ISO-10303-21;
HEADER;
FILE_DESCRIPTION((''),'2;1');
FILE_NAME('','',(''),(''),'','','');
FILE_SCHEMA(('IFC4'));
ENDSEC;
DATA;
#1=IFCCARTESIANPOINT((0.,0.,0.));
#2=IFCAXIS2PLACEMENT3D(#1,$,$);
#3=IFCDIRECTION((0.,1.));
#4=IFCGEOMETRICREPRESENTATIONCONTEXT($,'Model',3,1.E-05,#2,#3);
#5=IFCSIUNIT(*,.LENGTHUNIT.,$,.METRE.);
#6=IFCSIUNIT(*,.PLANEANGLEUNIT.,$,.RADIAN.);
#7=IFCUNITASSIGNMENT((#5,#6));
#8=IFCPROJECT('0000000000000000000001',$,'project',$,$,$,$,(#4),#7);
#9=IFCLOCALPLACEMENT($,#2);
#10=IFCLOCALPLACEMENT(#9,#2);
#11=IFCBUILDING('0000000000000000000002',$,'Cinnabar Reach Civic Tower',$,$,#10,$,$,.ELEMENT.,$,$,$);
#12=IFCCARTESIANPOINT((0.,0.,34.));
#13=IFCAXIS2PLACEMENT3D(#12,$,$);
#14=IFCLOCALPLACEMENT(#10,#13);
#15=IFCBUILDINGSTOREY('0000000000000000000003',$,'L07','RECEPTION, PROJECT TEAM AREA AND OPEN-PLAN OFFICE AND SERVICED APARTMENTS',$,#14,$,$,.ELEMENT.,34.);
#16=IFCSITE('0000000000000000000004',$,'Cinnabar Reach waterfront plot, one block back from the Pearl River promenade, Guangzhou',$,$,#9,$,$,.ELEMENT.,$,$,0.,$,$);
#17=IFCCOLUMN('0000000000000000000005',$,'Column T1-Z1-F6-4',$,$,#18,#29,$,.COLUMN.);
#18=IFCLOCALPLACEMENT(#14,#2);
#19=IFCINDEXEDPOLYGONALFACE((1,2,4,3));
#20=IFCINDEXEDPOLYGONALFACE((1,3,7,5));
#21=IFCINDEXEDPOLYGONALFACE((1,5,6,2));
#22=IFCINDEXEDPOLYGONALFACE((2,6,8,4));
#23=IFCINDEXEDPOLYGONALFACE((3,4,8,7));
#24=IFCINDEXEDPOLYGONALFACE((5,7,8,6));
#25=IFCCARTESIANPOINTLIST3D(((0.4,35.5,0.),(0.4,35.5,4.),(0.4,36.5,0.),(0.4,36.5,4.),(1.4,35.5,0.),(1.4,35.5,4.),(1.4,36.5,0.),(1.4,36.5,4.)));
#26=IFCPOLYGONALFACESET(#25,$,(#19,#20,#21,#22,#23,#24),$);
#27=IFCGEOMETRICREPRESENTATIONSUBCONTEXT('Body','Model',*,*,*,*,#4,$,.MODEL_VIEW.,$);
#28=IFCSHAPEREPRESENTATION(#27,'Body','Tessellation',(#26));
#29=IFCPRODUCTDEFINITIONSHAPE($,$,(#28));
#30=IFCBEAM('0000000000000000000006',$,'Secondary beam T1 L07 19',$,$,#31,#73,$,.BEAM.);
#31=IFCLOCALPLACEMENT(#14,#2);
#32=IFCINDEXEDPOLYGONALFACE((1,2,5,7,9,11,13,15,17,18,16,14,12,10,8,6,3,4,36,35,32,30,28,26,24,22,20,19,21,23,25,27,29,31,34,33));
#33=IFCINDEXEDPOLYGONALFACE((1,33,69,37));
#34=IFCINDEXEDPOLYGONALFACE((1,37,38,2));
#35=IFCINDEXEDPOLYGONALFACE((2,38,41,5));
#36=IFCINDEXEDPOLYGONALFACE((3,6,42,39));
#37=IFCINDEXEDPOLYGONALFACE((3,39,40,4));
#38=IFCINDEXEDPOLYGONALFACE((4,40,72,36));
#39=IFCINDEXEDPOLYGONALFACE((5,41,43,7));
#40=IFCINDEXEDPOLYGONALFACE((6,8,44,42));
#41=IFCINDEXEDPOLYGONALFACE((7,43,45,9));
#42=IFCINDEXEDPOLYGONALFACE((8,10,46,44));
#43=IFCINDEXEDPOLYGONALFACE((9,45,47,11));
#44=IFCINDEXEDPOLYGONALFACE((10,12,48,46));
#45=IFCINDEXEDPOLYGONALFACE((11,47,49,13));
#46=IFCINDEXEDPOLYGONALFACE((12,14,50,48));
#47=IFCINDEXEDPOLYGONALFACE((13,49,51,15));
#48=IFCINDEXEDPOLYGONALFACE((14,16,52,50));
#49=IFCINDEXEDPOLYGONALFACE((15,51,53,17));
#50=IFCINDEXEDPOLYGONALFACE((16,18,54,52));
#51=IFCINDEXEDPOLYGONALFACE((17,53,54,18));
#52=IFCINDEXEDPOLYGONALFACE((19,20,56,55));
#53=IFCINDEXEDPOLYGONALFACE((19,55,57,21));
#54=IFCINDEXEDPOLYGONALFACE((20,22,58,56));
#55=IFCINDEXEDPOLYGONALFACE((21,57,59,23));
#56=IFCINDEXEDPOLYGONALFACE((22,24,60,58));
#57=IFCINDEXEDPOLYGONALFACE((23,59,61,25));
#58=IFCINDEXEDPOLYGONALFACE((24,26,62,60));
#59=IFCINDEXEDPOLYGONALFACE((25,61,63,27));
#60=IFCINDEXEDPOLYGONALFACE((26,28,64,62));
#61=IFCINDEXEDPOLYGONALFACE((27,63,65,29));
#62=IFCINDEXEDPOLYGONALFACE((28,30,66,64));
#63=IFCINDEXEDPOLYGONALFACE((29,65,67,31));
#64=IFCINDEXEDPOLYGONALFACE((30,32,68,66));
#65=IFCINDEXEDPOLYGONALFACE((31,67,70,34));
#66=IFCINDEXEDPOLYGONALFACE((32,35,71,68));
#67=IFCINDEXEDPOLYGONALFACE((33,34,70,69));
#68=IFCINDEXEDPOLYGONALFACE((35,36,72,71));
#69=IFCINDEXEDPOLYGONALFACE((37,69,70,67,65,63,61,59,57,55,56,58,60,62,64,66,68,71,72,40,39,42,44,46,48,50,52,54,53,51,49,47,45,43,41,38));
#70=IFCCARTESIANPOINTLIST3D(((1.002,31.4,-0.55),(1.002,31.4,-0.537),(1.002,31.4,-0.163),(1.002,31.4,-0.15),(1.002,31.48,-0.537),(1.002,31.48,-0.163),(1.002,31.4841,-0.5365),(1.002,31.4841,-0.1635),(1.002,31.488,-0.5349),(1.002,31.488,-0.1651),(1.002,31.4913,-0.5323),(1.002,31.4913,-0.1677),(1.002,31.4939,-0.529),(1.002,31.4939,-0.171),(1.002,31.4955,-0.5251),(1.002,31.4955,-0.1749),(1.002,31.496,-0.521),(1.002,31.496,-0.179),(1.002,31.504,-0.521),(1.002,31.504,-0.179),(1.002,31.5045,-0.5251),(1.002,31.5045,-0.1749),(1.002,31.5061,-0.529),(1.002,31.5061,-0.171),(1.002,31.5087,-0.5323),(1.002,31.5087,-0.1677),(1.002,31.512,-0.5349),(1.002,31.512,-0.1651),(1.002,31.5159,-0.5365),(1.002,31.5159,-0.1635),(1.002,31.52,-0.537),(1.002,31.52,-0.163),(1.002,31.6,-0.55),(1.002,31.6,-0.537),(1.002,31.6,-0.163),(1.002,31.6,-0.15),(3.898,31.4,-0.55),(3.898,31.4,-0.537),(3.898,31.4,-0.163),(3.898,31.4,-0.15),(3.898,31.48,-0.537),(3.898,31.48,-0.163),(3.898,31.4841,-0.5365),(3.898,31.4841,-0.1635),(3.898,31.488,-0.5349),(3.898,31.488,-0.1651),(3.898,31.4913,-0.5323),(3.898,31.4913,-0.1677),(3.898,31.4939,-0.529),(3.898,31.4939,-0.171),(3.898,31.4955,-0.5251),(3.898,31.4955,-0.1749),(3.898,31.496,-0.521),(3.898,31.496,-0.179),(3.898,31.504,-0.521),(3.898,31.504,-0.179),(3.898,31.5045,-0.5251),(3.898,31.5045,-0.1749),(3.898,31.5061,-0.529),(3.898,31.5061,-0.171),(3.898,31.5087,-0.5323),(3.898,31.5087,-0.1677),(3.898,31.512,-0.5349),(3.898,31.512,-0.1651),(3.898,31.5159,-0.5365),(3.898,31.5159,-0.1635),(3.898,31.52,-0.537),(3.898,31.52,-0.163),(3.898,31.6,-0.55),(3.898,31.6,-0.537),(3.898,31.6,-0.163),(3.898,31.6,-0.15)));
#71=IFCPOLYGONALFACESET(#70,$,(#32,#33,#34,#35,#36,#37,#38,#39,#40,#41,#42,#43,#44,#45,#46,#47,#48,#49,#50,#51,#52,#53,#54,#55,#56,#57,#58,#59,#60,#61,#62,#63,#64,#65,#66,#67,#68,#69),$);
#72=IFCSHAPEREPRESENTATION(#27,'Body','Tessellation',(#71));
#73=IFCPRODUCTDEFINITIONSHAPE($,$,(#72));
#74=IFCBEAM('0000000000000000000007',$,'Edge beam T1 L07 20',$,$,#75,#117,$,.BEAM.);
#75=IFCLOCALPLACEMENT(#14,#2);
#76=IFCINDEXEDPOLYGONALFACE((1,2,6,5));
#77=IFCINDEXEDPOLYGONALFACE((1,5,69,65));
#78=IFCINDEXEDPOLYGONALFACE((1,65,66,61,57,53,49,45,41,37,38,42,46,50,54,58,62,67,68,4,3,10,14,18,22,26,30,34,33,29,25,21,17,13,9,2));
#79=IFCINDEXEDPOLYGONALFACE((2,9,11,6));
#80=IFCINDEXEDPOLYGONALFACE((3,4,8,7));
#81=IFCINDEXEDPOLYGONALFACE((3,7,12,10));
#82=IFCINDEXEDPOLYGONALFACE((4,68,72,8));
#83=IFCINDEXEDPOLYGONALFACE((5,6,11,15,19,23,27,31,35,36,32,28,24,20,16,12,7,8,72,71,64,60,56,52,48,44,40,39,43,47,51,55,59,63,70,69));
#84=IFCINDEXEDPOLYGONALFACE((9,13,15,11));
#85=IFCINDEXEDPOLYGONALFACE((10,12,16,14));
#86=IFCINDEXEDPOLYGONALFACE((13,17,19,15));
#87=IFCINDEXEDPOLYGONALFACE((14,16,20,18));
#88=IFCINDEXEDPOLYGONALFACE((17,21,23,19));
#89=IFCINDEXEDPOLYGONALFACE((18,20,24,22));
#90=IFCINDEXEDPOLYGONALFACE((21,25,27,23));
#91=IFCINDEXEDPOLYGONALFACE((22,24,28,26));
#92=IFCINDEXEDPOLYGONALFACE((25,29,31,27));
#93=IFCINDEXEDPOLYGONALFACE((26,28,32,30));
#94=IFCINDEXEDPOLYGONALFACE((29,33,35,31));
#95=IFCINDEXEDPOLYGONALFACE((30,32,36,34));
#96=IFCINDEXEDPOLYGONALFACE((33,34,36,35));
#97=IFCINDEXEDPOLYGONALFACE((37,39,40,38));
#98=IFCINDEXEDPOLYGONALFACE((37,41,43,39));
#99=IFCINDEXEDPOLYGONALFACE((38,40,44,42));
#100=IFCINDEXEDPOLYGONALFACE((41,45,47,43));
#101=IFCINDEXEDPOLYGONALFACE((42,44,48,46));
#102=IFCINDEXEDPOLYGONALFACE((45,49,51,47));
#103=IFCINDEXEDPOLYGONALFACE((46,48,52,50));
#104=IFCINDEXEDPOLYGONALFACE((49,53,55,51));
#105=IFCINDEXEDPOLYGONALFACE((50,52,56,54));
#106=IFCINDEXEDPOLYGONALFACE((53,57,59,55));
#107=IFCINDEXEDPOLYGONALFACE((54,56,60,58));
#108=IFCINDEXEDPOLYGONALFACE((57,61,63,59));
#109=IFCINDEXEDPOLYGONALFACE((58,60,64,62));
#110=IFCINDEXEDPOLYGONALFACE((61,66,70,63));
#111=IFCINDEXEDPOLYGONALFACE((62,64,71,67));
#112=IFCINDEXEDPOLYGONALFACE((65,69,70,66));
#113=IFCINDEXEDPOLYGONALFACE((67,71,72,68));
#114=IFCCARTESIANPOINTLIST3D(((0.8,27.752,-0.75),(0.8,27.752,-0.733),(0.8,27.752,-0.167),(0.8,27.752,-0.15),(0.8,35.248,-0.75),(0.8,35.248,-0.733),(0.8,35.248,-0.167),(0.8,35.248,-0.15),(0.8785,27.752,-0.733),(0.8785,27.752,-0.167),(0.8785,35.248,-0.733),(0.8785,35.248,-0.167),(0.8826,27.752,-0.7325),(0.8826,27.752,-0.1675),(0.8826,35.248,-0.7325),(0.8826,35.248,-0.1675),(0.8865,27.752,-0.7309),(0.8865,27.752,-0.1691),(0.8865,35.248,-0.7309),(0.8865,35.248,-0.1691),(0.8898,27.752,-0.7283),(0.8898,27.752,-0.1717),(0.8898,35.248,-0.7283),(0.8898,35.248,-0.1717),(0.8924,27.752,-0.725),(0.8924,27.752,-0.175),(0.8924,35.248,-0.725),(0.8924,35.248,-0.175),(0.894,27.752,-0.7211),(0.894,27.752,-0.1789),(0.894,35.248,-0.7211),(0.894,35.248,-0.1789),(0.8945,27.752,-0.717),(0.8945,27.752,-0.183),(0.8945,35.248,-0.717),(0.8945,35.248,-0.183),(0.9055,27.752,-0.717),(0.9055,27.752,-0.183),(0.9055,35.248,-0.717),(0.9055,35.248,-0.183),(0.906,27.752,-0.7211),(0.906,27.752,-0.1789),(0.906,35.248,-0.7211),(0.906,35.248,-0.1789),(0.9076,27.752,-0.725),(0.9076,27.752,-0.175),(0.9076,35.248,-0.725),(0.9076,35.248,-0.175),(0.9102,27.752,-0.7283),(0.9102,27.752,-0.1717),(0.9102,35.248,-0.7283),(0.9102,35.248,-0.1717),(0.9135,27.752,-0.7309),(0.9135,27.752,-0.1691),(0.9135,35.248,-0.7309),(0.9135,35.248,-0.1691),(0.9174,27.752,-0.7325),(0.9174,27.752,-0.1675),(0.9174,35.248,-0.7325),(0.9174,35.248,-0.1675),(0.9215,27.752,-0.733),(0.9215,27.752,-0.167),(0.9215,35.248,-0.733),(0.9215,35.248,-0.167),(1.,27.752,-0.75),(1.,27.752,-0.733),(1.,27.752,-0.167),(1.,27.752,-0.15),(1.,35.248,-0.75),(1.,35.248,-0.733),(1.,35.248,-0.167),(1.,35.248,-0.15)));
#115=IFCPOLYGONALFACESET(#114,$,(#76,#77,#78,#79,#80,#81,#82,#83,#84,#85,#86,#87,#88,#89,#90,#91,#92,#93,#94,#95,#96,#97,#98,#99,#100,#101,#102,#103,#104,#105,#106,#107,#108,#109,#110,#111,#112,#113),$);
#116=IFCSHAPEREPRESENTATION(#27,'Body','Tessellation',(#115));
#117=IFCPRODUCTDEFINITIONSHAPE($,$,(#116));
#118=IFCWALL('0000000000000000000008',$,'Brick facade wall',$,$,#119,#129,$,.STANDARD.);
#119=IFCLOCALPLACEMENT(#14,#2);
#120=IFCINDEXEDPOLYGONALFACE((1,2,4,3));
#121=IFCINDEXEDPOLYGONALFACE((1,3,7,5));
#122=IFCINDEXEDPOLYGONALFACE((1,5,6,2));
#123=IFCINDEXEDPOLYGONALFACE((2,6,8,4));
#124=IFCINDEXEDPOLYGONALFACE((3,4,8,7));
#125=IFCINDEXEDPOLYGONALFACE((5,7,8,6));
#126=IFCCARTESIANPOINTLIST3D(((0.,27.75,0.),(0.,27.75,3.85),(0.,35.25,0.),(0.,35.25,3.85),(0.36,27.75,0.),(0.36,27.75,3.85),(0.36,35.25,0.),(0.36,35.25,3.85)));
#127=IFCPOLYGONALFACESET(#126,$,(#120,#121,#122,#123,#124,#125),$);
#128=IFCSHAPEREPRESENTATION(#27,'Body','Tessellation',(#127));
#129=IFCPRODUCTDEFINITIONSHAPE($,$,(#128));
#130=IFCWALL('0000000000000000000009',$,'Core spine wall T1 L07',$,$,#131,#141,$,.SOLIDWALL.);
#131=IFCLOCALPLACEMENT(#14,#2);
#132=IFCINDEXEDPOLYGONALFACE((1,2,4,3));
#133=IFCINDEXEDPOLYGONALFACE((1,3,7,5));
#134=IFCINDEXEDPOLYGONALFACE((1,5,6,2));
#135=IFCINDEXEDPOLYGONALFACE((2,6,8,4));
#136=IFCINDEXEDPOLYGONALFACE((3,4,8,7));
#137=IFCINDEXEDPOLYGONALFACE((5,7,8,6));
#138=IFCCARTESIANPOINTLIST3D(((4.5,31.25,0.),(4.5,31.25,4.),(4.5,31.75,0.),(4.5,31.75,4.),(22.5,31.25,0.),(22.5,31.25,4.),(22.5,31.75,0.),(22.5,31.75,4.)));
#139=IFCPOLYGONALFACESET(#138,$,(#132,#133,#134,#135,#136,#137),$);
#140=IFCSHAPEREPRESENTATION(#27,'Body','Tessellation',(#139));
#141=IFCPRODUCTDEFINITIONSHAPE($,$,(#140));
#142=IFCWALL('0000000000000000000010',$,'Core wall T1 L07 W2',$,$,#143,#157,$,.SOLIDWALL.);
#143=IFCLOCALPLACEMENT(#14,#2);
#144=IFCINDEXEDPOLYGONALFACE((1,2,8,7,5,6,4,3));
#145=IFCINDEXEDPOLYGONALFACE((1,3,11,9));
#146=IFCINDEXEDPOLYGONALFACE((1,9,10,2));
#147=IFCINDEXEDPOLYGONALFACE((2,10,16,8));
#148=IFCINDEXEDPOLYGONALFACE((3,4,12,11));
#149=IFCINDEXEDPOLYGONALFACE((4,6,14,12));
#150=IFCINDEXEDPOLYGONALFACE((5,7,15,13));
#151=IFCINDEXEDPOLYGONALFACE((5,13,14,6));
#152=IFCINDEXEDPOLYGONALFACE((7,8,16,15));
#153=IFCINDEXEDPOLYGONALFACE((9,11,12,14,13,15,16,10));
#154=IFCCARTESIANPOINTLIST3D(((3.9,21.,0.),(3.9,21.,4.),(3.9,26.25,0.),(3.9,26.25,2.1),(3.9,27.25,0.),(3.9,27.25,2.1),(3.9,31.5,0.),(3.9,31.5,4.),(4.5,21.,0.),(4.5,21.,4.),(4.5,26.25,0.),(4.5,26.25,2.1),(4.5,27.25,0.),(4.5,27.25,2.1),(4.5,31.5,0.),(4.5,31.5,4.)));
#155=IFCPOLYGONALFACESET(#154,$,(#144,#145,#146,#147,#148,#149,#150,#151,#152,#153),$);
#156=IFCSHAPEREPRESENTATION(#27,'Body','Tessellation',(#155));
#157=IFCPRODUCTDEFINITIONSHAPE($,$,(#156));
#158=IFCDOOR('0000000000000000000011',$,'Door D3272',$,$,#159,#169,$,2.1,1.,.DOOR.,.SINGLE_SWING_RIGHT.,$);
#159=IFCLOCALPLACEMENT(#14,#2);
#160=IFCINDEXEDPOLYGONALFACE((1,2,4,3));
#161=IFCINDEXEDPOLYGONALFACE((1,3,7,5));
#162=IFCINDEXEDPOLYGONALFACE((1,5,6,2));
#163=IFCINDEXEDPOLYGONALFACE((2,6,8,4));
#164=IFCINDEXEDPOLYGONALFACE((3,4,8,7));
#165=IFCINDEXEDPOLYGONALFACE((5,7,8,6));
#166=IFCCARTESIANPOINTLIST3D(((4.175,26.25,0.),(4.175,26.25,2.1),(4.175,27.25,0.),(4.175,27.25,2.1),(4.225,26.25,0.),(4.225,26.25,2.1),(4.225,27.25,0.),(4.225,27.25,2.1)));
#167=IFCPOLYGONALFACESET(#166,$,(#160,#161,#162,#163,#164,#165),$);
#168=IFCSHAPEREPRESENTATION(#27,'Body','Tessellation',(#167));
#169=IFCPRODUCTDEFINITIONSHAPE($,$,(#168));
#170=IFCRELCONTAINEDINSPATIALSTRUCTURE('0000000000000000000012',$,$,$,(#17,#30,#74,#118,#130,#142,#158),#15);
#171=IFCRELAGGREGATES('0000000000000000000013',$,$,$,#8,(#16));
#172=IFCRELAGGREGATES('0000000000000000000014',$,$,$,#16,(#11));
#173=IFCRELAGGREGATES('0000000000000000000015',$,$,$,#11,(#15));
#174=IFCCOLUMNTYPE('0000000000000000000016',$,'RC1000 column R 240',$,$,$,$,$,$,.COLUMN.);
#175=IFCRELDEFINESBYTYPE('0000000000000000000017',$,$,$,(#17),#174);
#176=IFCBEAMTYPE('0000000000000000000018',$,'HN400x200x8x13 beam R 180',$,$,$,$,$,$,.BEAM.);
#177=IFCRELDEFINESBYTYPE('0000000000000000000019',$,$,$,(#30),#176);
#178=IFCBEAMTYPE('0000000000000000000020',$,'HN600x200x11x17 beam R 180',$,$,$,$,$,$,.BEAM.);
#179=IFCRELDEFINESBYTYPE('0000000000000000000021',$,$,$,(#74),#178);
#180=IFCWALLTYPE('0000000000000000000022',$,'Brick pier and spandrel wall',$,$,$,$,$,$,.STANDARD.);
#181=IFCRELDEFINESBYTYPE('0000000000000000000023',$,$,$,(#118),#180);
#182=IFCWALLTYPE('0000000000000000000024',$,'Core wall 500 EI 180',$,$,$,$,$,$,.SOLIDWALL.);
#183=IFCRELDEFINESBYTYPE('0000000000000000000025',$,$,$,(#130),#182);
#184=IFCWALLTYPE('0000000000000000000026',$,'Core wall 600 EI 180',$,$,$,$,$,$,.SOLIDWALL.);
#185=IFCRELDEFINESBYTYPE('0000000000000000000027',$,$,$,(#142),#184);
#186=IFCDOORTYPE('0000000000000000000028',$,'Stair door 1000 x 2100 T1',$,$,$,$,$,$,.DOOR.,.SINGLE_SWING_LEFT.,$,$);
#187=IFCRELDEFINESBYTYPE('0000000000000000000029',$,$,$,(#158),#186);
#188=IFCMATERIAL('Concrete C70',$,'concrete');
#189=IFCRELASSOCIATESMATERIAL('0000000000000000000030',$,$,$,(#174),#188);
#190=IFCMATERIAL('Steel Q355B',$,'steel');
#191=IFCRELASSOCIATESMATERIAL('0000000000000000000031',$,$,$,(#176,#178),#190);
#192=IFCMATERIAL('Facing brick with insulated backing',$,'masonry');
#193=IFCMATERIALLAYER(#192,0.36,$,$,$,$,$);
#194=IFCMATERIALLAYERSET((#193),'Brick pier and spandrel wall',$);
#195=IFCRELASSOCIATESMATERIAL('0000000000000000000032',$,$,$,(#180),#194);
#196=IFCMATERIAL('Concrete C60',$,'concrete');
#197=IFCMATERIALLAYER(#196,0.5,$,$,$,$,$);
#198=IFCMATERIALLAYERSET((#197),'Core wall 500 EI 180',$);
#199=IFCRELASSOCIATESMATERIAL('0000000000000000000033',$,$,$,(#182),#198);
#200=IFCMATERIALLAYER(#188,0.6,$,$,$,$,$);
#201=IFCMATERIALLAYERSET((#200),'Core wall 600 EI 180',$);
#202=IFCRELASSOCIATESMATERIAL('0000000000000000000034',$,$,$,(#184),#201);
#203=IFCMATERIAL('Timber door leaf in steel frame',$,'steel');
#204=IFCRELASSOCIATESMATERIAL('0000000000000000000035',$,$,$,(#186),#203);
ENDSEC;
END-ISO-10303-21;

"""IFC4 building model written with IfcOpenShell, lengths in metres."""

from ifc_helpers import new_model, si_unit, direction, frame, frame_2d, origin, origin_2d, place, context, subcontext, project, spatial, rectangle, i_section, extrude, material, layer, layer_set, material_profile, profile_set, type_object, element, fill, save


model = new_model("IFC4")

# Units and contexts
model_context = context("Model", 3, precision=1e-05, world=origin(), true_north=direction((0.0, 1.0)))
body_context = subcontext(model_context, "Body", "Model", "MODEL_VIEW")
ifc_project = project(units=[si_unit("LENGTHUNIT", "METRE"), si_unit("PLANEANGLEUNIT", "RADIAN")], contexts=[model_context])

# Site, building, storey
site_placement = place(None, origin())
site = spatial("IfcSite", under=ifc_project, at=site_placement, Name="Cinnabar Reach waterfront plot, one block back from the Pearl River promenade, Guangzhou", CompositionType="ELEMENT", RefElevation=0.0)
building_placement = place(site_placement, origin())
building = spatial("IfcBuilding", under=site, at=building_placement, Name="Cinnabar Reach Civic Tower", CompositionType="ELEMENT")
storey_placement = place(building_placement, frame((0.0, 0.0, 34.0)))
storey = spatial("IfcBuildingStorey", under=building, at=storey_placement, Name="L07", Description="RECEPTION, PROJECT TEAM AREA AND OPEN-PLAN OFFICE AND SERVICED APARTMENTS", CompositionType="ELEMENT", Elevation=34.0)

# Column
ifc_material_1 = material(Name="Concrete C70", Category="concrete")
ifc_material_profile_1 = material_profile(ifc_material_1, rectangle(XDim=1.0, YDim=1.0, at=origin_2d()), Name="RC1000")
ifc_profile_set_1 = profile_set([ifc_material_profile_1], Name="Concrete C70")
column_type = type_object("IfcColumnType", Name="RC1000 column R 240", PredefinedType="COLUMN", material=ifc_profile_set_1)
column_placement = place(storey_placement, frame((0.9, 36.0, 0.0), z_axis=(0.0, 0.0, 1.0), x_axis=(1.0, 0.0, 0.0)))
element("IfcColumn", 1, at=column_placement, inside=storey, type_object=column_type, Name="Column T1-Z1-F6-4", PredefinedType="COLUMN", context=body_context, shape_type="SweptSolid", body=[
    extrude(rectangle(XDim=1.0, YDim=1.0, at=origin_2d()), origin(), (0.0, 0.0, 1.0), 4.0),
])

# Beams
ifc_material_2 = material(Name="Steel Q355B", Category="steel")
ifc_material_profile_2 = material_profile(ifc_material_2, i_section(OverallWidth=0.2, OverallDepth=0.4, WebThickness=0.008, FlangeThickness=0.013, FilletRadius=0.016, at=origin_2d()), Name="HN400x200x8x13")
ifc_profile_set_2 = profile_set([ifc_material_profile_2], Name="Steel Q355B")
beam_type_1 = type_object("IfcBeamType", Name="HN400x200x8x13 beam R 180", PredefinedType="BEAM", material=ifc_profile_set_2)
beam_1_placement = place(storey_placement, frame((1.002, 31.5, -0.35), z_axis=(1.0, 0.0, 0.0), x_axis=(0.0, 1.0, 0.0)))
element("IfcBeam", 2, at=beam_1_placement, inside=storey, type_object=beam_type_1, Name="Secondary beam T1 L07 19", PredefinedType="BEAM", context=body_context, shape_type="SweptSolid", body=[
    extrude(i_section(OverallWidth=0.2, OverallDepth=0.4, WebThickness=0.008, FlangeThickness=0.013, FilletRadius=0.016, at=origin_2d()), origin(), (0.0, 0.0, 1.0), 2.896),
])
ifc_material_profile_3 = material_profile(ifc_material_2, i_section(OverallWidth=0.2, OverallDepth=0.6, WebThickness=0.011, FlangeThickness=0.017, FilletRadius=0.016, at=origin_2d()), Name="HN600x200x11x17")
ifc_profile_set_3 = profile_set([ifc_material_profile_3], Name="Steel Q355B")
beam_type_2 = type_object("IfcBeamType", Name="HN600x200x11x17 beam R 180", PredefinedType="BEAM", material=ifc_profile_set_3)
beam_2_placement = place(storey_placement, frame((0.9, 35.248, -0.45), z_axis=(0.0, -1.0, 0.0), x_axis=(1.0, 0.0, 0.0)))
element("IfcBeam", 3, at=beam_2_placement, inside=storey, type_object=beam_type_2, Name="Edge beam T1 L07 20", PredefinedType="BEAM", context=body_context, shape_type="SweptSolid", body=[
    extrude(i_section(OverallWidth=0.2, OverallDepth=0.6, WebThickness=0.011, FlangeThickness=0.017, FilletRadius=0.016, at=origin_2d()), origin(), (0.0, 0.0, 1.0), 7.496),
])

# Walls
ifc_material_3 = material(Name="Facing brick with insulated backing", Category="masonry")
ifc_layer_1 = layer(ifc_material_3, 0.36)
ifc_layer_set_1 = layer_set([ifc_layer_1], Name="Brick pier and spandrel wall")
wall_type_1 = type_object("IfcWallType", Name="Brick pier and spandrel wall", PredefinedType="STANDARD", material=ifc_layer_set_1)
wall_1_placement = place(storey_placement, frame((0.18, 35.25, 0.0), z_axis=(0.0, 0.0, 1.0), x_axis=(0.0, -1.0, 0.0)))
element("IfcWall", 4, at=wall_1_placement, inside=storey, type_object=wall_type_1, Name="Brick facade wall", PredefinedType="STANDARD", context=body_context, shape_type="SweptSolid", body=[
    extrude(rectangle(XDim=7.5, YDim=0.36, at=frame_2d((3.75, 0.0))), origin(), (0.0, 0.0, 1.0), 3.85),
])
ifc_material_4 = material(Name="Concrete C60", Category="concrete")
ifc_layer_2 = layer(ifc_material_4, 0.5)
ifc_layer_set_2 = layer_set([ifc_layer_2], Name="Core wall 500 EI 180")
wall_type_2 = type_object("IfcWallType", Name="Core wall 500 EI 180", PredefinedType="SOLIDWALL", material=ifc_layer_set_2)
wall_2_placement = place(storey_placement, frame((4.5, 31.5, 0.0), z_axis=(0.0, 0.0, 1.0), x_axis=(1.0, 0.0, 0.0)))
element("IfcWall", 5, at=wall_2_placement, inside=storey, type_object=wall_type_2, Name="Core spine wall T1 L07", PredefinedType="SOLIDWALL", context=body_context, shape_type="SweptSolid", body=[
    extrude(rectangle(XDim=18.0, YDim=0.5, at=frame_2d((9.0, 0.0))), origin(), (0.0, 0.0, 1.0), 4.0),
])

# Wall, opening, door
ifc_layer_3 = layer(ifc_material_1, 0.6)
ifc_layer_set_3 = layer_set([ifc_layer_3], Name="Core wall 600 EI 180")
wall_type_3 = type_object("IfcWallType", Name="Core wall 600 EI 180", PredefinedType="SOLIDWALL", material=ifc_layer_set_3)
wall_3_placement = place(storey_placement, frame((4.2, 31.5, 0.0), z_axis=(0.0, 0.0, 1.0), x_axis=(0.0, -1.0, 0.0)))
wall_3 = element("IfcWall", 6, at=wall_3_placement, inside=storey, type_object=wall_type_3, Name="Core wall T1 L07 W2", PredefinedType="SOLIDWALL", context=body_context, shape_type="SweptSolid", body=[
    extrude(rectangle(XDim=10.5, YDim=0.6, at=frame_2d((5.25, 0.0))), origin(), (0.0, 0.0, 1.0), 4.0),
])
opening_1_placement = place(wall_3_placement, frame((4.25, 0.0, 0.0)))
opening_1 = element("IfcOpeningElement", 7, at=opening_1_placement, cuts=wall_3, PredefinedType="OPENING", context=body_context, shape_type="SweptSolid", body=[
    extrude(rectangle(XDim=1.0, YDim=2.1, at=frame_2d((0.5, 1.05))), frame((0.0, 0.31, 0.0), z_axis=(0.0, -1.0, 0.0), x_axis=(1.0, 0.0, 0.0)), (0.0, 0.0, 1.0), 0.62),
])
ifc_material_5 = material(Name="Timber door leaf in steel frame", Category="steel")
door_type_1 = type_object("IfcDoorType", Name="Stair door 1000 x 2100 T1", OperationType="SINGLE_SWING_LEFT", PredefinedType="DOOR", material=ifc_material_5)
door_1_placement = place(opening_1_placement, frame((1.0, 0.0, 0.0), z_axis=(0.0, 0.0, 1.0), x_axis=(-1.0, 0.0, 0.0)))
door_1 = element("IfcDoor", 8, at=door_1_placement, inside=storey, type_object=door_type_1, Name="Door D3272", OperationType="SINGLE_SWING_RIGHT", OverallHeight=2.1, OverallWidth=1.0, PredefinedType="DOOR", context=body_context, shape_type="SweptSolid", body=[
    extrude(rectangle(XDim=1.0, YDim=2.1, at=frame_2d((0.5, 1.05))), frame((0.0, 0.025, 0.0), z_axis=(0.0, -1.0, 0.0), x_axis=(1.0, 0.0, 0.0)), (0.0, 0.0, 1.0), 0.05),
])
fill(opening_1, door_1)

save(model, "model.ifc")
